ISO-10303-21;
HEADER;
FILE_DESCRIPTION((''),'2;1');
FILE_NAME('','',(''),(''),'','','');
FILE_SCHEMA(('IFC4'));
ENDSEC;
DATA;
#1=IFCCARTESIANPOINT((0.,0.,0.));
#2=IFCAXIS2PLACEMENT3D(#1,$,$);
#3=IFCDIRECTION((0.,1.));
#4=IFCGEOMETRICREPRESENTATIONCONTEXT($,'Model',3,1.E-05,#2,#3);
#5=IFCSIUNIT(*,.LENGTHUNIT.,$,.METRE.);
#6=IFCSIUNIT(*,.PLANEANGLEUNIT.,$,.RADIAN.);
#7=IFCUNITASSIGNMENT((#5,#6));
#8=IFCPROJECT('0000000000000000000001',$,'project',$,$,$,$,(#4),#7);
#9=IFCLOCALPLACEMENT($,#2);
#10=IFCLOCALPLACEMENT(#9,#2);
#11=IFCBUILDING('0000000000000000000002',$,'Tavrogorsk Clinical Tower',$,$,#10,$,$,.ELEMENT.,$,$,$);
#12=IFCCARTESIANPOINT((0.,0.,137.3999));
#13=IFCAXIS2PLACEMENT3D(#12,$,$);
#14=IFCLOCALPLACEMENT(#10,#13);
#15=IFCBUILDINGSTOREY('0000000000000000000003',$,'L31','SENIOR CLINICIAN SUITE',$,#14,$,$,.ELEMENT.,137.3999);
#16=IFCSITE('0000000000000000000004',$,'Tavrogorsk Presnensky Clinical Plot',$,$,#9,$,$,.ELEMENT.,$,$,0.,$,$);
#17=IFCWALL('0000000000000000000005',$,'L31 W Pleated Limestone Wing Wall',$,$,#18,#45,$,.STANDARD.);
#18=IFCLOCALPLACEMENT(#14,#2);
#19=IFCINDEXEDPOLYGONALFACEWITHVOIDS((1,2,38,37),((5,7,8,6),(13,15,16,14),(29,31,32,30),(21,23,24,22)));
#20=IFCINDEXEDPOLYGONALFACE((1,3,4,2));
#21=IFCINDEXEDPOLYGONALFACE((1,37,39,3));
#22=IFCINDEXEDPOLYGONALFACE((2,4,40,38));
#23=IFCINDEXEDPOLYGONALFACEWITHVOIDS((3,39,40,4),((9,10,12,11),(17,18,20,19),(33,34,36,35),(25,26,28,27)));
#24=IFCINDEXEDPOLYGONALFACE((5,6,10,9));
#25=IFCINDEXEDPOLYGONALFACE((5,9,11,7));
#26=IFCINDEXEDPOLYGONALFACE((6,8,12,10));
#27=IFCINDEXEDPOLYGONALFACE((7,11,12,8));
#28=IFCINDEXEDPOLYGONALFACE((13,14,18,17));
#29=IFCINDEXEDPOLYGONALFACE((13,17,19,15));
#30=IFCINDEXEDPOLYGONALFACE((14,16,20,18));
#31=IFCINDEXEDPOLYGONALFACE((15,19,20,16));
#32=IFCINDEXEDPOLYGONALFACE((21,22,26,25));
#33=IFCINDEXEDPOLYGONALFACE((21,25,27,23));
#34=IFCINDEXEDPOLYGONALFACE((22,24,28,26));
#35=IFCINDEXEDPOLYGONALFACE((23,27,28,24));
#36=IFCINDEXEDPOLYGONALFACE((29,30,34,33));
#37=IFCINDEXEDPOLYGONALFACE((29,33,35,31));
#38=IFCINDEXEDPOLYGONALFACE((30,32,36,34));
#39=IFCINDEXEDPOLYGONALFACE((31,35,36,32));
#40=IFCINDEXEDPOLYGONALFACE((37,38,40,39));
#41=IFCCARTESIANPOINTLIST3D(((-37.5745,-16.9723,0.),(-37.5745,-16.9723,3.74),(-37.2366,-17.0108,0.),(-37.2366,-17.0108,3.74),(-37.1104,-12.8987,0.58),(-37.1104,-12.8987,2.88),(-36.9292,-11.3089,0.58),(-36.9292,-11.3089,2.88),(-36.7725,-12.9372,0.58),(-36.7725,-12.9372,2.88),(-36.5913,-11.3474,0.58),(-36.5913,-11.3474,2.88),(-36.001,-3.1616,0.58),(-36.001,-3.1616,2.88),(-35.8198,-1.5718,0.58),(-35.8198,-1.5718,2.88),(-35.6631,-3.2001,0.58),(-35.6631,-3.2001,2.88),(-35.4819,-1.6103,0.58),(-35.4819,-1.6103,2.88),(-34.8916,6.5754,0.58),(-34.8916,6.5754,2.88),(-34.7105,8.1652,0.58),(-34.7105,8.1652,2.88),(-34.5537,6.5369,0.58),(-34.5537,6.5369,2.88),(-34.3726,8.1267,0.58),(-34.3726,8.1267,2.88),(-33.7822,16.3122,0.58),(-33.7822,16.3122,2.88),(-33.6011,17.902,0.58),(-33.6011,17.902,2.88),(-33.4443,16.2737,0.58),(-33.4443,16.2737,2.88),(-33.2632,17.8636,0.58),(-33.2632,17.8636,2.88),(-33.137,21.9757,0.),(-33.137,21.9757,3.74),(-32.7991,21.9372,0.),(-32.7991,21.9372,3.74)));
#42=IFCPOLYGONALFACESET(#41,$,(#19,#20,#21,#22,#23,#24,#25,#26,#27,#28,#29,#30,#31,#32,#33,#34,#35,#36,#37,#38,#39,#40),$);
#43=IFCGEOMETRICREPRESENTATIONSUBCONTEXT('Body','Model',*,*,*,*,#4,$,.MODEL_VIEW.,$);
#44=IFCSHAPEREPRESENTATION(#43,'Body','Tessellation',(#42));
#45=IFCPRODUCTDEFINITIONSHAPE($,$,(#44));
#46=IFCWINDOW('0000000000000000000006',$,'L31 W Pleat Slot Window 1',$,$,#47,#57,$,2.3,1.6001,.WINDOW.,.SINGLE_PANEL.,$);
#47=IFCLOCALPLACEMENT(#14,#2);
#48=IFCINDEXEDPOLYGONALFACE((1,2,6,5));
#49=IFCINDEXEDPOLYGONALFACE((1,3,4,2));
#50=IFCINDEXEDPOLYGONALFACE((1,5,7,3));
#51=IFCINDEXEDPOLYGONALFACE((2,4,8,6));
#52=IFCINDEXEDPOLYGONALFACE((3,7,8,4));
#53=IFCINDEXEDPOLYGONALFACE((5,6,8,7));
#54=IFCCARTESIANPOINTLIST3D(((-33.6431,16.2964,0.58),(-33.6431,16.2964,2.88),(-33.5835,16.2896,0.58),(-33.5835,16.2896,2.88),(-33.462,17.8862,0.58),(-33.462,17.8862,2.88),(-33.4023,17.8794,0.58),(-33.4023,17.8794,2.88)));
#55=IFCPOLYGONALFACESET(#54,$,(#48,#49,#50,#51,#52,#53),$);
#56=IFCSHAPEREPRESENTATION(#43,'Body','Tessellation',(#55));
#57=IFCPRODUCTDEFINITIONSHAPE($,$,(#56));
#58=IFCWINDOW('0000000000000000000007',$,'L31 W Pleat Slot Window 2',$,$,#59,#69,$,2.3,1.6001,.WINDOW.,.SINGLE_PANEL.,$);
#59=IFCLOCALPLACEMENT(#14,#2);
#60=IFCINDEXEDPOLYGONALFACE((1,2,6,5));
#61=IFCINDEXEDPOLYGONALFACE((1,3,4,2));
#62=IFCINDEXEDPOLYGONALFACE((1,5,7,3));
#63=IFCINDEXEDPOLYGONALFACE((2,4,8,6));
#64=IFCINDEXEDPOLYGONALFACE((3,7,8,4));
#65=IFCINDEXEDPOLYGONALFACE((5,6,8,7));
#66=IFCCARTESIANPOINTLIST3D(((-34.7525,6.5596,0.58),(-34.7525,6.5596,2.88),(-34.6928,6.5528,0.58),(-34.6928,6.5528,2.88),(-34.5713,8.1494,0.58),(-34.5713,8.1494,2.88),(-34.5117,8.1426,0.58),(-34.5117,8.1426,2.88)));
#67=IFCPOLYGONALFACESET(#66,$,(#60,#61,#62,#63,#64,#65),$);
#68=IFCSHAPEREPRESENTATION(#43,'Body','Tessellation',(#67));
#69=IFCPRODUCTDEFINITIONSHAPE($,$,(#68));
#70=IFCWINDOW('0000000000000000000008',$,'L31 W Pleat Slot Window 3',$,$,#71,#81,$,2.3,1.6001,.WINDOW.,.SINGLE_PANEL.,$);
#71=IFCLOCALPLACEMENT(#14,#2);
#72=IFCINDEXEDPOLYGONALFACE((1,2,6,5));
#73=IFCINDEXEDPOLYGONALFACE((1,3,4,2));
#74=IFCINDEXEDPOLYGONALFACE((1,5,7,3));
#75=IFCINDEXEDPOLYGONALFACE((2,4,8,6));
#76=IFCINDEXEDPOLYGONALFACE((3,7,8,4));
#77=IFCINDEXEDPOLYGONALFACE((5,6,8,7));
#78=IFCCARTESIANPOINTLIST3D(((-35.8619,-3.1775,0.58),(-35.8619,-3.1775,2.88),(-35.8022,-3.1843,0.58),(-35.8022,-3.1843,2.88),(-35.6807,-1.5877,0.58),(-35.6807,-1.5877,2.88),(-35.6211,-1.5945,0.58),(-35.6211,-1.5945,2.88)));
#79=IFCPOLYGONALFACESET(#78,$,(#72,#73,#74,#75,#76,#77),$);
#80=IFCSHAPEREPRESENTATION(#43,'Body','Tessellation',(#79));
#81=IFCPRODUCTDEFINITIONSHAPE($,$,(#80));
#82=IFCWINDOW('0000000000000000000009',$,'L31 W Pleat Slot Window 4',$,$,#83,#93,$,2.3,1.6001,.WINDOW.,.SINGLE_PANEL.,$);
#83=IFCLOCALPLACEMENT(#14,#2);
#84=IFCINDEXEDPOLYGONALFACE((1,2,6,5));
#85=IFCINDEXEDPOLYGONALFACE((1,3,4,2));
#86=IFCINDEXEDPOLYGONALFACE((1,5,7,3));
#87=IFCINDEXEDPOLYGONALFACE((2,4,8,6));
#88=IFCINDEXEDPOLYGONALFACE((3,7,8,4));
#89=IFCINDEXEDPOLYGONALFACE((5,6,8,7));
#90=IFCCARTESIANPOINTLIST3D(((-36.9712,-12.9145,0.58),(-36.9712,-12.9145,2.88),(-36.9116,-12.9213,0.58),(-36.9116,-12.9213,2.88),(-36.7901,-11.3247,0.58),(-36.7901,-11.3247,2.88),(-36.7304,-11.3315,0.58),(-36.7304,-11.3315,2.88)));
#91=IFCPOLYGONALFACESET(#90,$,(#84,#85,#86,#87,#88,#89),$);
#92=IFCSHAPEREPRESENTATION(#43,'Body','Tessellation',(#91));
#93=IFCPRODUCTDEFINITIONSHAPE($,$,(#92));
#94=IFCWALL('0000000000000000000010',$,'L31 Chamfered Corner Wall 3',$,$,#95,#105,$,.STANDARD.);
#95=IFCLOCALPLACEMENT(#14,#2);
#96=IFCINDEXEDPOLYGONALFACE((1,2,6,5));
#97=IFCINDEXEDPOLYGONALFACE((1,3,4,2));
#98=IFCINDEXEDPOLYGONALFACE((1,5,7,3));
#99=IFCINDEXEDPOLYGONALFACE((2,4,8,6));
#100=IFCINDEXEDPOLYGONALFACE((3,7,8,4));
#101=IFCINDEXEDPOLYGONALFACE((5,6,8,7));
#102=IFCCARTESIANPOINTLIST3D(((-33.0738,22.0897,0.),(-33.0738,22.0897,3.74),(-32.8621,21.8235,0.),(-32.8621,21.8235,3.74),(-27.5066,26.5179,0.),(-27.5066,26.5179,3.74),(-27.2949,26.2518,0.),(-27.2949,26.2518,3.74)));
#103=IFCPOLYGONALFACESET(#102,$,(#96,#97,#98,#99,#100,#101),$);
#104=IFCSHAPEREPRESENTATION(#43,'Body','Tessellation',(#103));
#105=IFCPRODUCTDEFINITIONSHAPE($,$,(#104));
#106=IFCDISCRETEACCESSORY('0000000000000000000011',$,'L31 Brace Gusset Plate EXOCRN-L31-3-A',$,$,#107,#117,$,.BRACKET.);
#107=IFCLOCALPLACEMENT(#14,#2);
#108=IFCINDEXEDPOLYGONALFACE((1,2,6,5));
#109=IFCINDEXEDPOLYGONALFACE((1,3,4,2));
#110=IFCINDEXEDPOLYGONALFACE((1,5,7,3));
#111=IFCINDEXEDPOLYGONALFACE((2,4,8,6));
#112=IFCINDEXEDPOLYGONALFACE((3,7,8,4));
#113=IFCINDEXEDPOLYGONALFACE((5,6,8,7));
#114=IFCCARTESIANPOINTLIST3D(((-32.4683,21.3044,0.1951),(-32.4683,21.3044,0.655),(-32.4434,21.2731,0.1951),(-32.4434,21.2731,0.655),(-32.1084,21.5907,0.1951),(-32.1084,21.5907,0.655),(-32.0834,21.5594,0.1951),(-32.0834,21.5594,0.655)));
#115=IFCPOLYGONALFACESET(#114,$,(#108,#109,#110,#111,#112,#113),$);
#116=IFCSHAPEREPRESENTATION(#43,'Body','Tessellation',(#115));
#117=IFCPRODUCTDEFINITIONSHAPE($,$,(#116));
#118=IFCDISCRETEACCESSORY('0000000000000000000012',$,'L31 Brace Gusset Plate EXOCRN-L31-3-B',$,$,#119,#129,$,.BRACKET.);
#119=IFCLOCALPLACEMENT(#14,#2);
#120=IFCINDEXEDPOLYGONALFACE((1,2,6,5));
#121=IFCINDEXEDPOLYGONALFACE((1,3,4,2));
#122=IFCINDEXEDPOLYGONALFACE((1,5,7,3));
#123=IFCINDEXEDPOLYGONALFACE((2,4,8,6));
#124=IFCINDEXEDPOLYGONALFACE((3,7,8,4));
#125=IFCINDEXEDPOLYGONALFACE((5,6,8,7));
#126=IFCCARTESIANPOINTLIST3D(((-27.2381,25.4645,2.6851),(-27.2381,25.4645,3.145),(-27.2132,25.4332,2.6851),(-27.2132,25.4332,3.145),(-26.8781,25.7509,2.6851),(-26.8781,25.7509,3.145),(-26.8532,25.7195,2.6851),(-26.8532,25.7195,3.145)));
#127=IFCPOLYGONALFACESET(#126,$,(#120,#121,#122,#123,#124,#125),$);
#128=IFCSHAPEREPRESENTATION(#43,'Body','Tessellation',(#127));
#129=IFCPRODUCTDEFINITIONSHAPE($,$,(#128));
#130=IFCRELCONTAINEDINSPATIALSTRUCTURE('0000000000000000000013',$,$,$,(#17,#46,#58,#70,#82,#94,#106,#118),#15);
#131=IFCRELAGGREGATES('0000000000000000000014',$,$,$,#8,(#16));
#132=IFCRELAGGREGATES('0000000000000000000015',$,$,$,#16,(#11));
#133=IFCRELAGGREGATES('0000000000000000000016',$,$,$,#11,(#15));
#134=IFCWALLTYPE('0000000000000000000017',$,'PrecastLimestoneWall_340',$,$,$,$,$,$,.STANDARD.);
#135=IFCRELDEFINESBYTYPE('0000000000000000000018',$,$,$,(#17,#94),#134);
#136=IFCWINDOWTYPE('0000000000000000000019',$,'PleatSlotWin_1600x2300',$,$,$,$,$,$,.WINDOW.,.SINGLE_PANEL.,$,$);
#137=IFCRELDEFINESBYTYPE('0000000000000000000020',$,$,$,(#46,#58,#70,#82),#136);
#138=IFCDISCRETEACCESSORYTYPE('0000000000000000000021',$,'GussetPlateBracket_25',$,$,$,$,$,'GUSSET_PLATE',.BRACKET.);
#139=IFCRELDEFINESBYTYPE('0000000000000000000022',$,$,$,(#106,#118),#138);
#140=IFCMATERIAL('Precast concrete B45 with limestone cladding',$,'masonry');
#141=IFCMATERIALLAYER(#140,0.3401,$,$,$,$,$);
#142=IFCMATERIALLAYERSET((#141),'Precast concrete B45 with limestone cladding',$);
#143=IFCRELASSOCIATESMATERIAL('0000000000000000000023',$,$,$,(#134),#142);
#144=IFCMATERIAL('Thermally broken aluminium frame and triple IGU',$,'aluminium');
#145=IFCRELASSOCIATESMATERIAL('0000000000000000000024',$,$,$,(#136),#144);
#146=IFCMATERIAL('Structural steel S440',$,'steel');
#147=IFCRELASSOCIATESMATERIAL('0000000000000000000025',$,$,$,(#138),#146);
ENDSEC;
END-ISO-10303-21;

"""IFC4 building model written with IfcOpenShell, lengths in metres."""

from ifc_helpers import new_model, si_unit, direction, frame, frame_2d, origin, origin_2d, place, context, subcontext, project, spatial, rectangle, extrude, material, layer, layer_set, type_object, element, fill, save


model = new_model("IFC4")

# Units and contexts
model_context = context("Model", 3, precision=1e-05, world=origin(), true_north=direction((0.0, 1.0)))
body_context = subcontext(model_context, "Body", "Model", "MODEL_VIEW")
ifc_project = project(units=[si_unit("LENGTHUNIT", "METRE"), si_unit("PLANEANGLEUNIT", "RADIAN")], contexts=[model_context])

# Site, building, storey
site_placement = place(None, origin())
site = spatial("IfcSite", under=ifc_project, at=site_placement, Name="Tavrogorsk Presnensky Clinical Plot", CompositionType="ELEMENT", RefElevation=0.0)
building_placement = place(site_placement, origin())
building = spatial("IfcBuilding", under=site, at=building_placement, Name="Tavrogorsk Clinical Tower", CompositionType="ELEMENT")
storey_placement = place(building_placement, frame((0.0, 0.0, 137.3999)))
storey = spatial("IfcBuildingStorey", under=building, at=storey_placement, Name="L31", Description="SENIOR CLINICIAN SUITE", CompositionType="ELEMENT", Elevation=137.3999)

# Wall, openings, windows
ifc_material_1 = material(Name="Precast concrete B45 with limestone cladding", Category="masonry")
ifc_layer_1 = layer(ifc_material_1, 0.3401)
ifc_layer_set_1 = layer_set([ifc_layer_1], Name="Precast concrete B45 with limestone cladding")
wall_type_1 = type_object("IfcWallType", Name="PrecastLimestoneWall_340", PredefinedType="STANDARD", material=ifc_layer_set_1)
wall_1_placement = place(storey_placement, frame((-32.968, 21.9565, 0.0), z_axis=(0.0, 0.0, 1.0), x_axis=(-0.113202, -0.993572, 0.0)))
wall_1 = element("IfcWall", 1, at=wall_1_placement, inside=storey, type_object=wall_type_1, Name="L31 W Pleated Limestone Wing Wall", PredefinedType="STANDARD", context=body_context, shape_type="SweptSolid", body=[
    extrude(rectangle(XDim=39.2, YDim=0.3401, at=frame_2d((19.6001, 0.0))), origin(), (0.0, 0.0, 1.0), 3.74),
])
opening_1_placement = place(wall_1_placement, frame((4.1001, 0.0, 0.5801)))
opening_1 = element("IfcOpeningElement", 2, at=opening_1_placement, cuts=wall_1, PredefinedType="OPENING", context=body_context, shape_type="SweptSolid", body=[
    extrude(rectangle(XDim=1.6001, YDim=2.3, at=frame_2d((0.8, 1.1499))), frame((0.0, 0.1799, 0.0), z_axis=(0.0, -1.0, 0.0), x_axis=(1.0, 0.0, 0.0)), (0.0, 0.0, 1.0), 0.3601),
])
opening_2_placement = place(wall_1_placement, frame((13.8999, 0.0, 0.5801)))
opening_2 = element("IfcOpeningElement", 3, at=opening_2_placement, cuts=wall_1, PredefinedType="OPENING", context=body_context, shape_type="SweptSolid", body=[
    extrude(rectangle(XDim=1.6001, YDim=2.3, at=frame_2d((0.8, 1.1499))), frame((0.0, 0.1799, 0.0), z_axis=(0.0, -1.0, 0.0), x_axis=(1.0, 0.0, 0.0)), (0.0, 0.0, 1.0), 0.3601),
])
opening_3_placement = place(wall_1_placement, frame((23.7, 0.0, 0.5801)))
opening_3 = element("IfcOpeningElement", 4, at=opening_3_placement, cuts=wall_1, PredefinedType="OPENING", context=body_context, shape_type="SweptSolid", body=[
    extrude(rectangle(XDim=1.6001, YDim=2.3, at=frame_2d((0.8, 1.1499))), frame((0.0, 0.1799, 0.0), z_axis=(0.0, -1.0, 0.0), x_axis=(1.0, 0.0, 0.0)), (0.0, 0.0, 1.0), 0.3601),
])
opening_4_placement = place(wall_1_placement, frame((33.5, 0.0, 0.5801)))
opening_4 = element("IfcOpeningElement", 5, at=opening_4_placement, cuts=wall_1, PredefinedType="OPENING", context=body_context, shape_type="SweptSolid", body=[
    extrude(rectangle(XDim=1.6001, YDim=2.3, at=frame_2d((0.8, 1.1499))), frame((0.0, 0.1799, 0.0), z_axis=(0.0, -1.0, 0.0), x_axis=(1.0, 0.0, 0.0)), (0.0, 0.0, 1.0), 0.3601),
])
ifc_material_2 = material(Name="Thermally broken aluminium frame and triple IGU", Category="aluminium")
window_type = type_object("IfcWindowType", Name="PleatSlotWin_1600x2300", PartitioningType="SINGLE_PANEL", PredefinedType="WINDOW", material=ifc_material_2)
window_1_placement = place(opening_1_placement, origin())
window_1 = element("IfcWindow", 6, at=window_1_placement, inside=storey, type_object=window_type, Name="L31 W Pleat Slot Window 1", OverallHeight=2.3, OverallWidth=1.6001, PartitioningType="SINGLE_PANEL", PredefinedType="WINDOW", context=body_context, shape_type="SweptSolid", body=[
    extrude(rectangle(XDim=1.6001, YDim=2.3, at=frame_2d((0.8, 1.1499))), frame((0.0, 0.03, 0.0), z_axis=(0.0, -1.0, 0.0), x_axis=(1.0, 0.0, 0.0)), (0.0, 0.0, 1.0), 0.0601),
])
fill(opening_1, window_1)
window_2_placement = place(opening_2_placement, origin())
window_2 = element("IfcWindow", 7, at=window_2_placement, inside=storey, type_object=window_type, Name="L31 W Pleat Slot Window 2", OverallHeight=2.3, OverallWidth=1.6001, PartitioningType="SINGLE_PANEL", PredefinedType="WINDOW", context=body_context, shape_type="SweptSolid", body=[
    extrude(rectangle(XDim=1.6001, YDim=2.3, at=frame_2d((0.8, 1.1499))), frame((0.0, 0.03, 0.0), z_axis=(0.0, -1.0, 0.0), x_axis=(1.0, 0.0, 0.0)), (0.0, 0.0, 1.0), 0.0601),
])
fill(opening_2, window_2)
window_3_placement = place(opening_3_placement, origin())
window_3 = element("IfcWindow", 8, at=window_3_placement, inside=storey, type_object=window_type, Name="L31 W Pleat Slot Window 3", OverallHeight=2.3, OverallWidth=1.6001, PartitioningType="SINGLE_PANEL", PredefinedType="WINDOW", context=body_context, shape_type="SweptSolid", body=[
    extrude(rectangle(XDim=1.6001, YDim=2.3, at=frame_2d((0.8, 1.1499))), frame((0.0, 0.03, 0.0), z_axis=(0.0, -1.0, 0.0), x_axis=(1.0, 0.0, 0.0)), (0.0, 0.0, 1.0), 0.0601),
])
fill(opening_3, window_3)
window_4_placement = place(opening_4_placement, origin())
window_4 = element("IfcWindow", 9, at=window_4_placement, inside=storey, type_object=window_type, Name="L31 W Pleat Slot Window 4", OverallHeight=2.3, OverallWidth=1.6001, PartitioningType="SINGLE_PANEL", PredefinedType="WINDOW", context=body_context, shape_type="SweptSolid", body=[
    extrude(rectangle(XDim=1.6001, YDim=2.3, at=frame_2d((0.8, 1.1499))), frame((0.0, 0.03, 0.0), z_axis=(0.0, -1.0, 0.0), x_axis=(1.0, 0.0, 0.0)), (0.0, 0.0, 1.0), 0.0601),
])
fill(opening_4, window_4)

# Wall
wall_2_placement = place(storey_placement, frame((-27.4009, 26.3848, 0.0), z_axis=(0.0, 0.0, 1.0), x_axis=(-0.782614, -0.622508, 0.0)))
element("IfcWall", 10, at=wall_2_placement, inside=storey, type_object=wall_type_1, Name="L31 Chamfered Corner Wall 3", PredefinedType="STANDARD", context=body_context, shape_type="SweptSolid", body=[
    extrude(rectangle(XDim=7.1135, YDim=0.3401, at=frame_2d((3.5566, 0.0))), origin(), (0.0, 0.0, 1.0), 3.74),
])

# Discrete accessories
ifc_material_3 = material(Name="Structural steel S440", Category="steel")
discrete_accessory_type = type_object("IfcDiscreteAccessoryType", Name="GussetPlateBracket_25", ElementType="GUSSET_PLATE", PredefinedType="BRACKET", material=ifc_material_3)
for number, where, z_axis, x_axis, name in (
    (11, (-32.2759, 21.4319, 0.1951), (0.0, 0.0, 1.0), (0.782608, 0.622515, 0.0), "L31 Brace Gusset Plate EXOCRN-L31-3-A"),
    (12, (-27.0457, 25.592, 2.6851), (0.0, 0.0, 1.0), (0.782608, 0.622515, 0.0), "L31 Brace Gusset Plate EXOCRN-L31-3-B"),
):
    element("IfcDiscreteAccessory", number, at=place(storey_placement, frame(where, z_axis=z_axis, x_axis=x_axis)), inside=storey, type_object=discrete_accessory_type, Name=name, PredefinedType="BRACKET", context=body_context, shape_type="SweptSolid", body=[
        extrude(rectangle(XDim=0.46, YDim=0.04, at=origin_2d()), origin(), (0.0, 0.0, 1.0), 0.46),
    ])

save(model, "model.ifc")
